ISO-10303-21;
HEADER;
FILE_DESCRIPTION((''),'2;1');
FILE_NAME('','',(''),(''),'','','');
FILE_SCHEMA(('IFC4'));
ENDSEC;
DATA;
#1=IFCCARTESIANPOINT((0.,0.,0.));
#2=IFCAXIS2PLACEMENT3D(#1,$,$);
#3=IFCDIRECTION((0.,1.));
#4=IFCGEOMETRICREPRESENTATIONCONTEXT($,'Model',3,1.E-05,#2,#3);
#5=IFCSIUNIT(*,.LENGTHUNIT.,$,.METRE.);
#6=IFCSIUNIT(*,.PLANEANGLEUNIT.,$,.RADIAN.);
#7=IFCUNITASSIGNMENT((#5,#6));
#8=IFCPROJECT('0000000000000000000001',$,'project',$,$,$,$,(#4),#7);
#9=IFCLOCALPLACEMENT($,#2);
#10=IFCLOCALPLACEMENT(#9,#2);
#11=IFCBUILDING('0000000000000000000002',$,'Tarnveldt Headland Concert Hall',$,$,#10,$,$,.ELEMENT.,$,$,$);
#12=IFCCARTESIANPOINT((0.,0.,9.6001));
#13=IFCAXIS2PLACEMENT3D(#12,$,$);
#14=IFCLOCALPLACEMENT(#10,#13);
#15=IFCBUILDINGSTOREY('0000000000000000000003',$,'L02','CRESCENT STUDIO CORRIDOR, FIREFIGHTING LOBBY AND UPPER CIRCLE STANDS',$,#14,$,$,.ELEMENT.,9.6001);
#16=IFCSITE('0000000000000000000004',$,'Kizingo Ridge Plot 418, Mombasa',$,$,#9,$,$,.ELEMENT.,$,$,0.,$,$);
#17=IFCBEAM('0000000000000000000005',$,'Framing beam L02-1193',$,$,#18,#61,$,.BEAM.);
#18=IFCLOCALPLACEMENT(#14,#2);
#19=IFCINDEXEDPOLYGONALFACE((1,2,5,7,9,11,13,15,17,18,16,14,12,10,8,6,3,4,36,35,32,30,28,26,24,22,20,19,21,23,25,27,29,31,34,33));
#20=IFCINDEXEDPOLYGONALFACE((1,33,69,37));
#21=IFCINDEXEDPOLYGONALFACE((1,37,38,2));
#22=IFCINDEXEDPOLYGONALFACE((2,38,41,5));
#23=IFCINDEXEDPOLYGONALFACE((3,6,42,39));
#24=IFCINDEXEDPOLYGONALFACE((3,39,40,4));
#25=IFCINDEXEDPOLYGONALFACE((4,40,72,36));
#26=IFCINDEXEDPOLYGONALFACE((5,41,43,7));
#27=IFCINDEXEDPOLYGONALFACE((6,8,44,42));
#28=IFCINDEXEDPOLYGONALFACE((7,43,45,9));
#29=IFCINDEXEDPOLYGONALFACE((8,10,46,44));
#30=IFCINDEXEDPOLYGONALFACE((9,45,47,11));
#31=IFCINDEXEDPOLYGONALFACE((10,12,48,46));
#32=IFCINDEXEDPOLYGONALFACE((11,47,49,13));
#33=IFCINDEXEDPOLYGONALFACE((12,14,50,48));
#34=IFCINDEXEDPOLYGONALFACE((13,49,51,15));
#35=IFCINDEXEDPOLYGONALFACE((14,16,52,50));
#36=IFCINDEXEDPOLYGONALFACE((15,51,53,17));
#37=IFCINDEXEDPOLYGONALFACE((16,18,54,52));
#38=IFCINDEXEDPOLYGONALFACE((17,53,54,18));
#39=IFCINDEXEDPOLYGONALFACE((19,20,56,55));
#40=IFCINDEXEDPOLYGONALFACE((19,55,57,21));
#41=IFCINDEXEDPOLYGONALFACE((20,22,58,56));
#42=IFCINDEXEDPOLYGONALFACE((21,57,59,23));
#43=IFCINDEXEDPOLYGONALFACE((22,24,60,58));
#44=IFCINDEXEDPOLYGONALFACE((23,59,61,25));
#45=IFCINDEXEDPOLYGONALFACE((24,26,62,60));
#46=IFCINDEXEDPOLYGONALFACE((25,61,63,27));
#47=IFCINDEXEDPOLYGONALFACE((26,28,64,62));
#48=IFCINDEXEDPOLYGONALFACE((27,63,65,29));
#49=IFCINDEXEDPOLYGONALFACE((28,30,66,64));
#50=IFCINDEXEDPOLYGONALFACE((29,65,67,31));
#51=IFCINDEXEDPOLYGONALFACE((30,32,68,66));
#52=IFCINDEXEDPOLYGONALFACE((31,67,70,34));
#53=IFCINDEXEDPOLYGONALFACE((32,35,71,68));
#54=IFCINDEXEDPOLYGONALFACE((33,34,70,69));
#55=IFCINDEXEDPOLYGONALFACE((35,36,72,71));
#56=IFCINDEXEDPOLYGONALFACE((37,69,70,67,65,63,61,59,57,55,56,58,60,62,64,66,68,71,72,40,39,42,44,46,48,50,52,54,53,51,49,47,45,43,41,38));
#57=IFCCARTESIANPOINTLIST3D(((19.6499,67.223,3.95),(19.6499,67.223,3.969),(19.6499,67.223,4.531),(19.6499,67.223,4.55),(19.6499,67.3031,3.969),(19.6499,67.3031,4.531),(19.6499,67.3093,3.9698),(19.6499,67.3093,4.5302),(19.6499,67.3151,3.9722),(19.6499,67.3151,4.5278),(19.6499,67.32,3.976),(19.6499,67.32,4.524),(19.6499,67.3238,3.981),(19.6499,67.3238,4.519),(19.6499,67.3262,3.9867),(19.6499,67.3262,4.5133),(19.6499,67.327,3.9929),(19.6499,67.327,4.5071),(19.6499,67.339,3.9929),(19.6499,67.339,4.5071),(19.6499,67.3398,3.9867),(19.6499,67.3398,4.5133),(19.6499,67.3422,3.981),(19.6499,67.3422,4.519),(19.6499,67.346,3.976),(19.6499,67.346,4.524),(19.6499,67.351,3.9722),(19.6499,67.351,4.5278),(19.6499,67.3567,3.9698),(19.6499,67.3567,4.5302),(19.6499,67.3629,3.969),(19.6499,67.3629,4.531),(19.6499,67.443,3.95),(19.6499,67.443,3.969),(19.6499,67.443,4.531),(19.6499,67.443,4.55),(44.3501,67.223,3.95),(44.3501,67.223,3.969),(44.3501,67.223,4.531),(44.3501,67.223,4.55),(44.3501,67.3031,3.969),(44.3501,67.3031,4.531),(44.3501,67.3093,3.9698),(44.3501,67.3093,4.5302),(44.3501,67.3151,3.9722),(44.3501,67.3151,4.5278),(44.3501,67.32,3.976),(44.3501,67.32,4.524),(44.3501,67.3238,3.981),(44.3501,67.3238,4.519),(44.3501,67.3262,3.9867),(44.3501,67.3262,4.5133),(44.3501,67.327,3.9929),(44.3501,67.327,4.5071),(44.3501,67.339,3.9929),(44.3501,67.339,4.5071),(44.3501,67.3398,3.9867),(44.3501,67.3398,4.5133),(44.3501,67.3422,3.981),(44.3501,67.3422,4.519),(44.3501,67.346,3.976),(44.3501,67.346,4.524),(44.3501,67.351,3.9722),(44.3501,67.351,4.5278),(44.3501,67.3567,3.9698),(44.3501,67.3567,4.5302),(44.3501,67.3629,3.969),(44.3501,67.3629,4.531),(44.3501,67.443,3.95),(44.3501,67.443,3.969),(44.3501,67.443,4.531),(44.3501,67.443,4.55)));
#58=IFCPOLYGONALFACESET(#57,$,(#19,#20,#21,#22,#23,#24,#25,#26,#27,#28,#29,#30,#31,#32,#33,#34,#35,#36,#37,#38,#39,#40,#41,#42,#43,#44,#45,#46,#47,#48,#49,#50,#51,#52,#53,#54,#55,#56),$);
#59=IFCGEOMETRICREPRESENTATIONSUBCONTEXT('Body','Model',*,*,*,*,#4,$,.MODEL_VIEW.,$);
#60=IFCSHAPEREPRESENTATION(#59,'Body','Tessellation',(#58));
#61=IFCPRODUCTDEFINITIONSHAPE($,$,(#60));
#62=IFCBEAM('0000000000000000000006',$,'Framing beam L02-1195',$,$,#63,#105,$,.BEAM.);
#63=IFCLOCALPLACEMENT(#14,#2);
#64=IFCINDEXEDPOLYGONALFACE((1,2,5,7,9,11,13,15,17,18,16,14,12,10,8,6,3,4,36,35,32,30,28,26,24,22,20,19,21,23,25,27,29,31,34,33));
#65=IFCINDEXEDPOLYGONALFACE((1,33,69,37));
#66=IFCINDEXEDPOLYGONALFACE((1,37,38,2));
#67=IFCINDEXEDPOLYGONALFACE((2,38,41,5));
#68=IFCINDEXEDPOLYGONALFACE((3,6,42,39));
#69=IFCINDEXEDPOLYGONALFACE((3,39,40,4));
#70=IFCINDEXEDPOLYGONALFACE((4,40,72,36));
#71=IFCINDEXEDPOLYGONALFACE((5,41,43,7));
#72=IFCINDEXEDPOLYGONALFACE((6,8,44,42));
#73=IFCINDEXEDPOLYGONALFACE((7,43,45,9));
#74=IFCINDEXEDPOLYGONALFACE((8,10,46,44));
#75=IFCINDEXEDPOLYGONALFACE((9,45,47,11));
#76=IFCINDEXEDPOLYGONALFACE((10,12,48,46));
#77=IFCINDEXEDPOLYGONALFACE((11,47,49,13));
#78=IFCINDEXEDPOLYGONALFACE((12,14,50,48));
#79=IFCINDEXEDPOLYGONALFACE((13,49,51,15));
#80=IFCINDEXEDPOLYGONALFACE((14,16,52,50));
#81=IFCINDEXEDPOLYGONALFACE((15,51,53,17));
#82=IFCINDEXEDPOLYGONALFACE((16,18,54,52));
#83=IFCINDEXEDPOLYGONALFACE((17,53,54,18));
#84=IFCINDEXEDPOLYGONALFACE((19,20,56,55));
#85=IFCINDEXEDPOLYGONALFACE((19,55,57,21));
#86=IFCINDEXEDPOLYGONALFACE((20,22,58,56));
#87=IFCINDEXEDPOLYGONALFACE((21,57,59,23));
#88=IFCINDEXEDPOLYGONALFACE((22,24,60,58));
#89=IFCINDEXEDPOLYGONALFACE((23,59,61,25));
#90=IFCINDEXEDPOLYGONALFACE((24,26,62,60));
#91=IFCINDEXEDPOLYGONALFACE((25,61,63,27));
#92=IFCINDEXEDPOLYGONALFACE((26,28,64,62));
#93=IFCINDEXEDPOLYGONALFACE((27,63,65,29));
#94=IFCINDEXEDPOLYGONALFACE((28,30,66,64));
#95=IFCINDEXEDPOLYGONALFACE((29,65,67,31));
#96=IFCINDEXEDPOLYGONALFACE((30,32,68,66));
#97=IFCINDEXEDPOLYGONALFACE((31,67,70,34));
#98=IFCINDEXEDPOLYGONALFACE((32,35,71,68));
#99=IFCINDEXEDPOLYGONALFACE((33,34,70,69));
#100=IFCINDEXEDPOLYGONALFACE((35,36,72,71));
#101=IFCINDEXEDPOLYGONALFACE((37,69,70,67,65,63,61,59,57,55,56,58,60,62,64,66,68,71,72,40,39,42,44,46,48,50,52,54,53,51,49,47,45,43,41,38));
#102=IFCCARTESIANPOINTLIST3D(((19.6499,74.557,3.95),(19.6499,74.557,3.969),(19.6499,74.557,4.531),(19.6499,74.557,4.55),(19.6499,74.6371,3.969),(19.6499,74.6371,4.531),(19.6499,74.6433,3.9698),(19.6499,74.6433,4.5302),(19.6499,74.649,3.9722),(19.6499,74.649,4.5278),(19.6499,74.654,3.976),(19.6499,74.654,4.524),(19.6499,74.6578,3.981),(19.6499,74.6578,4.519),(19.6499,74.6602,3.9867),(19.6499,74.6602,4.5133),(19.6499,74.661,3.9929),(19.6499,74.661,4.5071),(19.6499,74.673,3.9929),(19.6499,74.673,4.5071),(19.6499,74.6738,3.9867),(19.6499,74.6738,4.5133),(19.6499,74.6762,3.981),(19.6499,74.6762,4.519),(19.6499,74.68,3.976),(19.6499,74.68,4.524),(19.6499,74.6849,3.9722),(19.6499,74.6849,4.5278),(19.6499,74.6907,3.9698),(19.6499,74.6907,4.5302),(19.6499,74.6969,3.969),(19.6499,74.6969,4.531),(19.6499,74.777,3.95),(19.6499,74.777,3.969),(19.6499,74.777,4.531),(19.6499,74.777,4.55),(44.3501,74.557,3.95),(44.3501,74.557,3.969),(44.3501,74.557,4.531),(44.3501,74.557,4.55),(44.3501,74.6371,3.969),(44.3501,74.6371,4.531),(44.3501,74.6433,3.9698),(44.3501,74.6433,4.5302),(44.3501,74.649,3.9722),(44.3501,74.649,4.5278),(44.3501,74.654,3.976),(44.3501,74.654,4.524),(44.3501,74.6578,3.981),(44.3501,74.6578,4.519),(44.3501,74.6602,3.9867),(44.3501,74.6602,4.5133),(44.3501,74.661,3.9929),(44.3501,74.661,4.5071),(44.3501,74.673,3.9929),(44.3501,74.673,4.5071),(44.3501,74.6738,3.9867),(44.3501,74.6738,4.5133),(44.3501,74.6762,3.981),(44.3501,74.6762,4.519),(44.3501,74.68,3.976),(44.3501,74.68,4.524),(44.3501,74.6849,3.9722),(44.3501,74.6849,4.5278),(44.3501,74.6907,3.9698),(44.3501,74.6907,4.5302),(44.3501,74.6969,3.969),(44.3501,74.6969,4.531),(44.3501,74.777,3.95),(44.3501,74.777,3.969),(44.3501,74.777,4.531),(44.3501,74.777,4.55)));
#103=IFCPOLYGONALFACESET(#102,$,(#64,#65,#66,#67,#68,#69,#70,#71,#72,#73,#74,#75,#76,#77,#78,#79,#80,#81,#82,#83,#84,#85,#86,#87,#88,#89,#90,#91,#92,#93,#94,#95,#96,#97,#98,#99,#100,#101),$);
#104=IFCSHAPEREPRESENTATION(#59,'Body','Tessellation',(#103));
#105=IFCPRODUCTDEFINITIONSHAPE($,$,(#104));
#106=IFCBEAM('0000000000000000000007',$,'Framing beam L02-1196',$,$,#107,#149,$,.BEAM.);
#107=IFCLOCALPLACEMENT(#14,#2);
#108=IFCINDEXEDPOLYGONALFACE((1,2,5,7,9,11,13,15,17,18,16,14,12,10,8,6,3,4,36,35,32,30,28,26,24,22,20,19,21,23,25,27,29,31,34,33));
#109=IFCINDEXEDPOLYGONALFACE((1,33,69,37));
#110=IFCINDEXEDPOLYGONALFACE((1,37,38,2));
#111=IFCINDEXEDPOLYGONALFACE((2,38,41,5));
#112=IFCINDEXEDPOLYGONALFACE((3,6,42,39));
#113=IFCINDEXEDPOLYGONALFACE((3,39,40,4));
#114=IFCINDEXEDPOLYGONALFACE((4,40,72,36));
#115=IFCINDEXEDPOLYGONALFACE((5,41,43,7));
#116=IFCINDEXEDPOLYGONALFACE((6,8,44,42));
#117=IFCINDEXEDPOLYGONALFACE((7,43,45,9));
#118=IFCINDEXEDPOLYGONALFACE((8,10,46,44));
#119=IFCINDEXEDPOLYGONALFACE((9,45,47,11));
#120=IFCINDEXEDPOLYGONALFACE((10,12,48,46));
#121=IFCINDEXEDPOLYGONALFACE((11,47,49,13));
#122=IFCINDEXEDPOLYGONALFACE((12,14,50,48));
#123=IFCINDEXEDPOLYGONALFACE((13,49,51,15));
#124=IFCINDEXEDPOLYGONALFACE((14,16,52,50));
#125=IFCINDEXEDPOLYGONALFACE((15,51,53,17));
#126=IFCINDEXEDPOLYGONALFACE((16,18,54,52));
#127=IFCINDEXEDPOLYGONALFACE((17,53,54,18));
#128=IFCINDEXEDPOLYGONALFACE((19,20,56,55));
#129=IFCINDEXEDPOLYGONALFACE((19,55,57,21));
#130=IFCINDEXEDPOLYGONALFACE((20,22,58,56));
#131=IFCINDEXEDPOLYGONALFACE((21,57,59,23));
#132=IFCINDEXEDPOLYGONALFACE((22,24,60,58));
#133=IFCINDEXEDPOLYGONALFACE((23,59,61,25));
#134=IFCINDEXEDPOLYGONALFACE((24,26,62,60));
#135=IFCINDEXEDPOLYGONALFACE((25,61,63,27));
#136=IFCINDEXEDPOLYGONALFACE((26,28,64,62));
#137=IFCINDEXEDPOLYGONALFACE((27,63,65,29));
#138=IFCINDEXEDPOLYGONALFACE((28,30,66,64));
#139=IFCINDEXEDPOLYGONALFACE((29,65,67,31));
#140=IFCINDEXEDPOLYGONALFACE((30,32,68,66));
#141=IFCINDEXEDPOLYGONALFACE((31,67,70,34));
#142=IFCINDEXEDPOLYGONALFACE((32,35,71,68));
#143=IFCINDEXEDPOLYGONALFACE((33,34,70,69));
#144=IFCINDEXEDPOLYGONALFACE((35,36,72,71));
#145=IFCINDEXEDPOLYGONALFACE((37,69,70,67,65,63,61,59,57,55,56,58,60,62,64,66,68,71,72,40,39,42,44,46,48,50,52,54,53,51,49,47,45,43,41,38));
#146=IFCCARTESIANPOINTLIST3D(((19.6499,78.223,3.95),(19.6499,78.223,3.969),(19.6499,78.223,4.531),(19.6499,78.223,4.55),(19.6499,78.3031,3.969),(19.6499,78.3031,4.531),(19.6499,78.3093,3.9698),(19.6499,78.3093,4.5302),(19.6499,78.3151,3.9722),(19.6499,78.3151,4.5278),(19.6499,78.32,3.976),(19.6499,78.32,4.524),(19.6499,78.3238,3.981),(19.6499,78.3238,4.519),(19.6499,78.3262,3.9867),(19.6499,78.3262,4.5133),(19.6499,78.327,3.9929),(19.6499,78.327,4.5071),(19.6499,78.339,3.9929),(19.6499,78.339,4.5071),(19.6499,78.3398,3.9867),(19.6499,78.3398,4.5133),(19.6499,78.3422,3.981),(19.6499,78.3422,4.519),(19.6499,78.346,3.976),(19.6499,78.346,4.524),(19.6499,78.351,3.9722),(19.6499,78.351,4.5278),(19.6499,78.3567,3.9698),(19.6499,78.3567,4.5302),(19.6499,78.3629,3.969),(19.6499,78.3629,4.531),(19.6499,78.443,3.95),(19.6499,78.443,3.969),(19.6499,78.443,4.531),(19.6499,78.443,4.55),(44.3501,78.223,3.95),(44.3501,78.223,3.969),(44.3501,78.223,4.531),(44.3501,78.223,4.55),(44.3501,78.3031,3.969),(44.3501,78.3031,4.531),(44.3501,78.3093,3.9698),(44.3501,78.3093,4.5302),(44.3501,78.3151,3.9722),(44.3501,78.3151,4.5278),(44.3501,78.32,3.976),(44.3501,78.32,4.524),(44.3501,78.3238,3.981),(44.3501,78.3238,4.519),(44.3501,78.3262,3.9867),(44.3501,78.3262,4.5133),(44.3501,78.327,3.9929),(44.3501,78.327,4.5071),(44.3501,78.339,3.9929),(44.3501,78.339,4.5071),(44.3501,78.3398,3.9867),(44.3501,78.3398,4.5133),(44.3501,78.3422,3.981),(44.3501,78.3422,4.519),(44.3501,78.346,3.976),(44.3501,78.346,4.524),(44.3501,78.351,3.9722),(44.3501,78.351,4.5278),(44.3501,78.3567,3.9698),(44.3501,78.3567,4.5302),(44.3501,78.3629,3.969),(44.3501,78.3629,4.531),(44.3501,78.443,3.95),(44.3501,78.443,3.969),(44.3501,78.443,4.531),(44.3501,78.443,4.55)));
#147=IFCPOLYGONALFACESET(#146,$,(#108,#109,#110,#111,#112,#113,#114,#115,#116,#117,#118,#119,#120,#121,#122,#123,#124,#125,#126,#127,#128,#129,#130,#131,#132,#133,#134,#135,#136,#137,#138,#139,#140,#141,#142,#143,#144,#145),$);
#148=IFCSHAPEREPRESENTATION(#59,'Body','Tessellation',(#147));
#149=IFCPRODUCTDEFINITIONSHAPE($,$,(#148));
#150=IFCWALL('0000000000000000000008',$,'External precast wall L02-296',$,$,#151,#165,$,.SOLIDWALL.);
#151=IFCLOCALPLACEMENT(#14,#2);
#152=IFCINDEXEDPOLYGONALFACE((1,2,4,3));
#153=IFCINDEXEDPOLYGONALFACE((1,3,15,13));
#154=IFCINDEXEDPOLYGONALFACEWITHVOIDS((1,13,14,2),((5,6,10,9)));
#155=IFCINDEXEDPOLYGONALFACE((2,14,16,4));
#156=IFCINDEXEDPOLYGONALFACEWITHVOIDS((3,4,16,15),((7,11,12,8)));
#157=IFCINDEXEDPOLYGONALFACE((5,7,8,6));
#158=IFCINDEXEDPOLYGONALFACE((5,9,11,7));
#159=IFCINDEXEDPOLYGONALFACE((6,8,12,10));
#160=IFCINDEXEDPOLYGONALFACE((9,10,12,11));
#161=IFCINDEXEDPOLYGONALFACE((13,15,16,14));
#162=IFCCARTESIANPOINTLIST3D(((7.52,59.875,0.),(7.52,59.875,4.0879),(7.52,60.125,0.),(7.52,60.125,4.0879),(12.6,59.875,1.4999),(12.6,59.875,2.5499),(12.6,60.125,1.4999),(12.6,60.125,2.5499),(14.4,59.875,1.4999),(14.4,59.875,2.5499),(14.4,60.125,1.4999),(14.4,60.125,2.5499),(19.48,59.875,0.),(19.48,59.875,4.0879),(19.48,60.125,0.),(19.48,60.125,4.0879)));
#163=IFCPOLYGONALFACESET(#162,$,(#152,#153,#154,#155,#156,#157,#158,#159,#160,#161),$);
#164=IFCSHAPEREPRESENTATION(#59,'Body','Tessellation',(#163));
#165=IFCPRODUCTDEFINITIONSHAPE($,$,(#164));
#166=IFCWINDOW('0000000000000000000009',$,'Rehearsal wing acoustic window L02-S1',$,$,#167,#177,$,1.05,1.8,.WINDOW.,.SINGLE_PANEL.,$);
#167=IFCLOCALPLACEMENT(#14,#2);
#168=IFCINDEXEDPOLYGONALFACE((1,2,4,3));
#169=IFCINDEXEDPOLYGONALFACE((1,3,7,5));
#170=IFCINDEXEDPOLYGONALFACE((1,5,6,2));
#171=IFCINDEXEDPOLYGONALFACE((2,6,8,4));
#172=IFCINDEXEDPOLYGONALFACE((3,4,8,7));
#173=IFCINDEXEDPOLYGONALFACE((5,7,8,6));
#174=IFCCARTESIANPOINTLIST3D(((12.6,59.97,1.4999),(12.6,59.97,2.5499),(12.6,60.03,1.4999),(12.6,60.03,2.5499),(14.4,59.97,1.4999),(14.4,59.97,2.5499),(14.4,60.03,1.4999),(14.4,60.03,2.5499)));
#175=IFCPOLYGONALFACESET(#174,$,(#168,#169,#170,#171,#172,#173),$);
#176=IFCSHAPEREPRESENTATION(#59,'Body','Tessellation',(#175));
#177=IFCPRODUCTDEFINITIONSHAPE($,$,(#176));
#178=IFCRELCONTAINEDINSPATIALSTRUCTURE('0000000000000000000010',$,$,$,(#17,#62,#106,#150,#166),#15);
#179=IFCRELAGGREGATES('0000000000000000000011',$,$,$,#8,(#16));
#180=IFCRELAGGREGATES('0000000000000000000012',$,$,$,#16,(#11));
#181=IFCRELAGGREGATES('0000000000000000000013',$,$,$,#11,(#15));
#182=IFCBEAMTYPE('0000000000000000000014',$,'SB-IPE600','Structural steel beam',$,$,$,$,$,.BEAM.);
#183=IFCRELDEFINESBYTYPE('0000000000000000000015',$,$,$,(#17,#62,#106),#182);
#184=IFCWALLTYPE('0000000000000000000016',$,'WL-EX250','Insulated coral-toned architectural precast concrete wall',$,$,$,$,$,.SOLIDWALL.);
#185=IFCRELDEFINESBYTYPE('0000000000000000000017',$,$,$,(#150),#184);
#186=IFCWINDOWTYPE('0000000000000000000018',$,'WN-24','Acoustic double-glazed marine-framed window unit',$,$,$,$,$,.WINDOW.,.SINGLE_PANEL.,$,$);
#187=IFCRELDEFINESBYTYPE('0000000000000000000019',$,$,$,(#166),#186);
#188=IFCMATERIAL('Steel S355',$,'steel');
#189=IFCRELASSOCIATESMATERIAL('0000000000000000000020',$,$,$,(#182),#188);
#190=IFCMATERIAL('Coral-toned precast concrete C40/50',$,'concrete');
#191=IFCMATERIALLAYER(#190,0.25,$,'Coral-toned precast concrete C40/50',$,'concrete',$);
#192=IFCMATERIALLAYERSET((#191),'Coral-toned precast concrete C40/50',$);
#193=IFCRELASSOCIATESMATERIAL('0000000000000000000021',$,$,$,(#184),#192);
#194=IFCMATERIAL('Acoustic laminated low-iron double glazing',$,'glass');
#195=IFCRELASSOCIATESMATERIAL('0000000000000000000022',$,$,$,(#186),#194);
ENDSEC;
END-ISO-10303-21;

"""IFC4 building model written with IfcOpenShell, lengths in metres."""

from ifc_helpers import new_model, si_unit, direction, frame, frame_2d, origin, origin_2d, place, context, subcontext, project, spatial, rectangle, i_section, extrude, material, layer, layer_set, material_profile, profile_set, type_object, element, fill, save


model = new_model("IFC4")

# Units and contexts
model_context = context("Model", 3, precision=1e-05, world=origin(), true_north=direction((0.0, 1.0)))
body_context = subcontext(model_context, "Body", "Model", "MODEL_VIEW")
ifc_project = project(units=[si_unit("LENGTHUNIT", "METRE"), si_unit("PLANEANGLEUNIT", "RADIAN")], contexts=[model_context])

# Site, building, storey
site_placement = place(None, origin())
site = spatial("IfcSite", under=ifc_project, at=site_placement, Name="Kizingo Ridge Plot 418, Mombasa", CompositionType="ELEMENT", RefElevation=0.0)
building_placement = place(site_placement, origin())
building = spatial("IfcBuilding", under=site, at=building_placement, Name="Tarnveldt Headland Concert Hall", CompositionType="ELEMENT")
storey_placement = place(building_placement, frame((0.0, 0.0, 9.6001)))
storey = spatial("IfcBuildingStorey", under=building, at=storey_placement, Name="L02", Description="CRESCENT STUDIO CORRIDOR, FIREFIGHTING LOBBY AND UPPER CIRCLE STANDS", CompositionType="ELEMENT", Elevation=9.6001)

# Shared definitions
ifc_material_1 = material(Name="Steel S355", Category="steel")

# Beams
ifc_material_profile_1 = material_profile(ifc_material_1, i_section(OverallWidth=0.22, OverallDepth=0.6001, WebThickness=0.012, FlangeThickness=0.019, FilletRadius=0.0239, at=origin_2d()), Name="IPE600", Category="steel")
ifc_profile_set_1 = profile_set([ifc_material_profile_1], Name="Steel S355")
beam_type_1 = type_object("IfcBeamType", Name="SB-IPE600", Description="Structural steel beam", PredefinedType="BEAM", material=ifc_profile_set_1)
for number, where, z_axis, x_axis, name in (
    (1, (19.6499, 67.333, 4.25), (1.0, 0.0, 0.0), (0.0, 1.0, 0.0), "Framing beam L02-1193"),
    (2, (19.6499, 74.667, 4.25), (1.0, 0.0, 0.0), (0.0, 1.0, 0.0), "Framing beam L02-1195"),
    (3, (19.6499, 78.333, 4.25), (1.0, 0.0, 0.0), (0.0, 1.0, 0.0), "Framing beam L02-1196"),
):
    element("IfcBeam", number, at=place(storey_placement, frame(where, z_axis=z_axis, x_axis=x_axis)), inside=storey, type_object=beam_type_1, Name=name, PredefinedType="BEAM", context=body_context, shape_type="SweptSolid", body=[
        extrude(i_section(OverallWidth=0.22, OverallDepth=0.6001, WebThickness=0.012, FlangeThickness=0.019, FilletRadius=0.0239, at=origin_2d()), origin(), (0.0, 0.0, 1.0), 24.7002),
    ])

# Wall, opening, window
ifc_material_2 = material(Name="Coral-toned precast concrete C40/50", Category="concrete")
ifc_layer_1 = layer(ifc_material_2, 0.25, Name="Coral-toned precast concrete C40/50", Category="concrete")
ifc_layer_set_1 = layer_set([ifc_layer_1], Name="Coral-toned precast concrete C40/50")
wall_type_1 = type_object("IfcWallType", Name="WL-EX250", Description="Insulated coral-toned architectural precast concrete wall", PredefinedType="SOLIDWALL", material=ifc_layer_set_1)
wall_1_placement = place(storey_placement, frame((19.48, 60.0, 0.0), z_axis=(0.0, 0.0, 1.0), x_axis=(-1.0, 0.0, 0.0)))
wall_1 = element("IfcWall", 4, at=wall_1_placement, inside=storey, type_object=wall_type_1, Name="External precast wall L02-296", PredefinedType="SOLIDWALL", context=body_context, shape_type="SweptSolid", body=[
    extrude(rectangle(XDim=11.96, YDim=0.25, at=frame_2d((5.98, 0.0))), origin(), (0.0, 0.0, 1.0), 4.0879),
])
opening_1_placement = place(wall_1_placement, frame((5.0801, 0.0, 1.5)))
opening_1 = element("IfcOpeningElement", 5, at=opening_1_placement, cuts=wall_1, PredefinedType="OPENING", context=body_context, shape_type="SweptSolid", body=[
    extrude(rectangle(XDim=1.8, YDim=1.05, at=frame_2d((0.8999, 0.5249))), frame((0.0, 0.135, 0.0), z_axis=(0.0, -1.0, 0.0), x_axis=(1.0, 0.0, 0.0)), (0.0, 0.0, 1.0), 0.27),
])
ifc_material_3 = material(Name="Acoustic laminated low-iron double glazing", Category="glass")
window_type_1 = type_object("IfcWindowType", Name="WN-24", Description="Acoustic double-glazed marine-framed window unit", PartitioningType="SINGLE_PANEL", PredefinedType="WINDOW", material=ifc_material_3)
window_1_placement = place(opening_1_placement, origin())
window_1 = element("IfcWindow", 6, at=window_1_placement, inside=storey, type_object=window_type_1, Name="Rehearsal wing acoustic window L02-S1", OverallHeight=1.05, OverallWidth=1.8, PartitioningType="SINGLE_PANEL", PredefinedType="WINDOW", context=body_context, shape_type="SweptSolid", body=[
    extrude(rectangle(XDim=1.8, YDim=1.05, at=frame_2d((0.8999, 0.5249))), frame((0.0, 0.03, 0.0), z_axis=(0.0, -1.0, 0.0), x_axis=(1.0, 0.0, 0.0)), (0.0, 0.0, 1.0), 0.0601),
])
fill(opening_1, window_1)

save(model, "model.ifc")
